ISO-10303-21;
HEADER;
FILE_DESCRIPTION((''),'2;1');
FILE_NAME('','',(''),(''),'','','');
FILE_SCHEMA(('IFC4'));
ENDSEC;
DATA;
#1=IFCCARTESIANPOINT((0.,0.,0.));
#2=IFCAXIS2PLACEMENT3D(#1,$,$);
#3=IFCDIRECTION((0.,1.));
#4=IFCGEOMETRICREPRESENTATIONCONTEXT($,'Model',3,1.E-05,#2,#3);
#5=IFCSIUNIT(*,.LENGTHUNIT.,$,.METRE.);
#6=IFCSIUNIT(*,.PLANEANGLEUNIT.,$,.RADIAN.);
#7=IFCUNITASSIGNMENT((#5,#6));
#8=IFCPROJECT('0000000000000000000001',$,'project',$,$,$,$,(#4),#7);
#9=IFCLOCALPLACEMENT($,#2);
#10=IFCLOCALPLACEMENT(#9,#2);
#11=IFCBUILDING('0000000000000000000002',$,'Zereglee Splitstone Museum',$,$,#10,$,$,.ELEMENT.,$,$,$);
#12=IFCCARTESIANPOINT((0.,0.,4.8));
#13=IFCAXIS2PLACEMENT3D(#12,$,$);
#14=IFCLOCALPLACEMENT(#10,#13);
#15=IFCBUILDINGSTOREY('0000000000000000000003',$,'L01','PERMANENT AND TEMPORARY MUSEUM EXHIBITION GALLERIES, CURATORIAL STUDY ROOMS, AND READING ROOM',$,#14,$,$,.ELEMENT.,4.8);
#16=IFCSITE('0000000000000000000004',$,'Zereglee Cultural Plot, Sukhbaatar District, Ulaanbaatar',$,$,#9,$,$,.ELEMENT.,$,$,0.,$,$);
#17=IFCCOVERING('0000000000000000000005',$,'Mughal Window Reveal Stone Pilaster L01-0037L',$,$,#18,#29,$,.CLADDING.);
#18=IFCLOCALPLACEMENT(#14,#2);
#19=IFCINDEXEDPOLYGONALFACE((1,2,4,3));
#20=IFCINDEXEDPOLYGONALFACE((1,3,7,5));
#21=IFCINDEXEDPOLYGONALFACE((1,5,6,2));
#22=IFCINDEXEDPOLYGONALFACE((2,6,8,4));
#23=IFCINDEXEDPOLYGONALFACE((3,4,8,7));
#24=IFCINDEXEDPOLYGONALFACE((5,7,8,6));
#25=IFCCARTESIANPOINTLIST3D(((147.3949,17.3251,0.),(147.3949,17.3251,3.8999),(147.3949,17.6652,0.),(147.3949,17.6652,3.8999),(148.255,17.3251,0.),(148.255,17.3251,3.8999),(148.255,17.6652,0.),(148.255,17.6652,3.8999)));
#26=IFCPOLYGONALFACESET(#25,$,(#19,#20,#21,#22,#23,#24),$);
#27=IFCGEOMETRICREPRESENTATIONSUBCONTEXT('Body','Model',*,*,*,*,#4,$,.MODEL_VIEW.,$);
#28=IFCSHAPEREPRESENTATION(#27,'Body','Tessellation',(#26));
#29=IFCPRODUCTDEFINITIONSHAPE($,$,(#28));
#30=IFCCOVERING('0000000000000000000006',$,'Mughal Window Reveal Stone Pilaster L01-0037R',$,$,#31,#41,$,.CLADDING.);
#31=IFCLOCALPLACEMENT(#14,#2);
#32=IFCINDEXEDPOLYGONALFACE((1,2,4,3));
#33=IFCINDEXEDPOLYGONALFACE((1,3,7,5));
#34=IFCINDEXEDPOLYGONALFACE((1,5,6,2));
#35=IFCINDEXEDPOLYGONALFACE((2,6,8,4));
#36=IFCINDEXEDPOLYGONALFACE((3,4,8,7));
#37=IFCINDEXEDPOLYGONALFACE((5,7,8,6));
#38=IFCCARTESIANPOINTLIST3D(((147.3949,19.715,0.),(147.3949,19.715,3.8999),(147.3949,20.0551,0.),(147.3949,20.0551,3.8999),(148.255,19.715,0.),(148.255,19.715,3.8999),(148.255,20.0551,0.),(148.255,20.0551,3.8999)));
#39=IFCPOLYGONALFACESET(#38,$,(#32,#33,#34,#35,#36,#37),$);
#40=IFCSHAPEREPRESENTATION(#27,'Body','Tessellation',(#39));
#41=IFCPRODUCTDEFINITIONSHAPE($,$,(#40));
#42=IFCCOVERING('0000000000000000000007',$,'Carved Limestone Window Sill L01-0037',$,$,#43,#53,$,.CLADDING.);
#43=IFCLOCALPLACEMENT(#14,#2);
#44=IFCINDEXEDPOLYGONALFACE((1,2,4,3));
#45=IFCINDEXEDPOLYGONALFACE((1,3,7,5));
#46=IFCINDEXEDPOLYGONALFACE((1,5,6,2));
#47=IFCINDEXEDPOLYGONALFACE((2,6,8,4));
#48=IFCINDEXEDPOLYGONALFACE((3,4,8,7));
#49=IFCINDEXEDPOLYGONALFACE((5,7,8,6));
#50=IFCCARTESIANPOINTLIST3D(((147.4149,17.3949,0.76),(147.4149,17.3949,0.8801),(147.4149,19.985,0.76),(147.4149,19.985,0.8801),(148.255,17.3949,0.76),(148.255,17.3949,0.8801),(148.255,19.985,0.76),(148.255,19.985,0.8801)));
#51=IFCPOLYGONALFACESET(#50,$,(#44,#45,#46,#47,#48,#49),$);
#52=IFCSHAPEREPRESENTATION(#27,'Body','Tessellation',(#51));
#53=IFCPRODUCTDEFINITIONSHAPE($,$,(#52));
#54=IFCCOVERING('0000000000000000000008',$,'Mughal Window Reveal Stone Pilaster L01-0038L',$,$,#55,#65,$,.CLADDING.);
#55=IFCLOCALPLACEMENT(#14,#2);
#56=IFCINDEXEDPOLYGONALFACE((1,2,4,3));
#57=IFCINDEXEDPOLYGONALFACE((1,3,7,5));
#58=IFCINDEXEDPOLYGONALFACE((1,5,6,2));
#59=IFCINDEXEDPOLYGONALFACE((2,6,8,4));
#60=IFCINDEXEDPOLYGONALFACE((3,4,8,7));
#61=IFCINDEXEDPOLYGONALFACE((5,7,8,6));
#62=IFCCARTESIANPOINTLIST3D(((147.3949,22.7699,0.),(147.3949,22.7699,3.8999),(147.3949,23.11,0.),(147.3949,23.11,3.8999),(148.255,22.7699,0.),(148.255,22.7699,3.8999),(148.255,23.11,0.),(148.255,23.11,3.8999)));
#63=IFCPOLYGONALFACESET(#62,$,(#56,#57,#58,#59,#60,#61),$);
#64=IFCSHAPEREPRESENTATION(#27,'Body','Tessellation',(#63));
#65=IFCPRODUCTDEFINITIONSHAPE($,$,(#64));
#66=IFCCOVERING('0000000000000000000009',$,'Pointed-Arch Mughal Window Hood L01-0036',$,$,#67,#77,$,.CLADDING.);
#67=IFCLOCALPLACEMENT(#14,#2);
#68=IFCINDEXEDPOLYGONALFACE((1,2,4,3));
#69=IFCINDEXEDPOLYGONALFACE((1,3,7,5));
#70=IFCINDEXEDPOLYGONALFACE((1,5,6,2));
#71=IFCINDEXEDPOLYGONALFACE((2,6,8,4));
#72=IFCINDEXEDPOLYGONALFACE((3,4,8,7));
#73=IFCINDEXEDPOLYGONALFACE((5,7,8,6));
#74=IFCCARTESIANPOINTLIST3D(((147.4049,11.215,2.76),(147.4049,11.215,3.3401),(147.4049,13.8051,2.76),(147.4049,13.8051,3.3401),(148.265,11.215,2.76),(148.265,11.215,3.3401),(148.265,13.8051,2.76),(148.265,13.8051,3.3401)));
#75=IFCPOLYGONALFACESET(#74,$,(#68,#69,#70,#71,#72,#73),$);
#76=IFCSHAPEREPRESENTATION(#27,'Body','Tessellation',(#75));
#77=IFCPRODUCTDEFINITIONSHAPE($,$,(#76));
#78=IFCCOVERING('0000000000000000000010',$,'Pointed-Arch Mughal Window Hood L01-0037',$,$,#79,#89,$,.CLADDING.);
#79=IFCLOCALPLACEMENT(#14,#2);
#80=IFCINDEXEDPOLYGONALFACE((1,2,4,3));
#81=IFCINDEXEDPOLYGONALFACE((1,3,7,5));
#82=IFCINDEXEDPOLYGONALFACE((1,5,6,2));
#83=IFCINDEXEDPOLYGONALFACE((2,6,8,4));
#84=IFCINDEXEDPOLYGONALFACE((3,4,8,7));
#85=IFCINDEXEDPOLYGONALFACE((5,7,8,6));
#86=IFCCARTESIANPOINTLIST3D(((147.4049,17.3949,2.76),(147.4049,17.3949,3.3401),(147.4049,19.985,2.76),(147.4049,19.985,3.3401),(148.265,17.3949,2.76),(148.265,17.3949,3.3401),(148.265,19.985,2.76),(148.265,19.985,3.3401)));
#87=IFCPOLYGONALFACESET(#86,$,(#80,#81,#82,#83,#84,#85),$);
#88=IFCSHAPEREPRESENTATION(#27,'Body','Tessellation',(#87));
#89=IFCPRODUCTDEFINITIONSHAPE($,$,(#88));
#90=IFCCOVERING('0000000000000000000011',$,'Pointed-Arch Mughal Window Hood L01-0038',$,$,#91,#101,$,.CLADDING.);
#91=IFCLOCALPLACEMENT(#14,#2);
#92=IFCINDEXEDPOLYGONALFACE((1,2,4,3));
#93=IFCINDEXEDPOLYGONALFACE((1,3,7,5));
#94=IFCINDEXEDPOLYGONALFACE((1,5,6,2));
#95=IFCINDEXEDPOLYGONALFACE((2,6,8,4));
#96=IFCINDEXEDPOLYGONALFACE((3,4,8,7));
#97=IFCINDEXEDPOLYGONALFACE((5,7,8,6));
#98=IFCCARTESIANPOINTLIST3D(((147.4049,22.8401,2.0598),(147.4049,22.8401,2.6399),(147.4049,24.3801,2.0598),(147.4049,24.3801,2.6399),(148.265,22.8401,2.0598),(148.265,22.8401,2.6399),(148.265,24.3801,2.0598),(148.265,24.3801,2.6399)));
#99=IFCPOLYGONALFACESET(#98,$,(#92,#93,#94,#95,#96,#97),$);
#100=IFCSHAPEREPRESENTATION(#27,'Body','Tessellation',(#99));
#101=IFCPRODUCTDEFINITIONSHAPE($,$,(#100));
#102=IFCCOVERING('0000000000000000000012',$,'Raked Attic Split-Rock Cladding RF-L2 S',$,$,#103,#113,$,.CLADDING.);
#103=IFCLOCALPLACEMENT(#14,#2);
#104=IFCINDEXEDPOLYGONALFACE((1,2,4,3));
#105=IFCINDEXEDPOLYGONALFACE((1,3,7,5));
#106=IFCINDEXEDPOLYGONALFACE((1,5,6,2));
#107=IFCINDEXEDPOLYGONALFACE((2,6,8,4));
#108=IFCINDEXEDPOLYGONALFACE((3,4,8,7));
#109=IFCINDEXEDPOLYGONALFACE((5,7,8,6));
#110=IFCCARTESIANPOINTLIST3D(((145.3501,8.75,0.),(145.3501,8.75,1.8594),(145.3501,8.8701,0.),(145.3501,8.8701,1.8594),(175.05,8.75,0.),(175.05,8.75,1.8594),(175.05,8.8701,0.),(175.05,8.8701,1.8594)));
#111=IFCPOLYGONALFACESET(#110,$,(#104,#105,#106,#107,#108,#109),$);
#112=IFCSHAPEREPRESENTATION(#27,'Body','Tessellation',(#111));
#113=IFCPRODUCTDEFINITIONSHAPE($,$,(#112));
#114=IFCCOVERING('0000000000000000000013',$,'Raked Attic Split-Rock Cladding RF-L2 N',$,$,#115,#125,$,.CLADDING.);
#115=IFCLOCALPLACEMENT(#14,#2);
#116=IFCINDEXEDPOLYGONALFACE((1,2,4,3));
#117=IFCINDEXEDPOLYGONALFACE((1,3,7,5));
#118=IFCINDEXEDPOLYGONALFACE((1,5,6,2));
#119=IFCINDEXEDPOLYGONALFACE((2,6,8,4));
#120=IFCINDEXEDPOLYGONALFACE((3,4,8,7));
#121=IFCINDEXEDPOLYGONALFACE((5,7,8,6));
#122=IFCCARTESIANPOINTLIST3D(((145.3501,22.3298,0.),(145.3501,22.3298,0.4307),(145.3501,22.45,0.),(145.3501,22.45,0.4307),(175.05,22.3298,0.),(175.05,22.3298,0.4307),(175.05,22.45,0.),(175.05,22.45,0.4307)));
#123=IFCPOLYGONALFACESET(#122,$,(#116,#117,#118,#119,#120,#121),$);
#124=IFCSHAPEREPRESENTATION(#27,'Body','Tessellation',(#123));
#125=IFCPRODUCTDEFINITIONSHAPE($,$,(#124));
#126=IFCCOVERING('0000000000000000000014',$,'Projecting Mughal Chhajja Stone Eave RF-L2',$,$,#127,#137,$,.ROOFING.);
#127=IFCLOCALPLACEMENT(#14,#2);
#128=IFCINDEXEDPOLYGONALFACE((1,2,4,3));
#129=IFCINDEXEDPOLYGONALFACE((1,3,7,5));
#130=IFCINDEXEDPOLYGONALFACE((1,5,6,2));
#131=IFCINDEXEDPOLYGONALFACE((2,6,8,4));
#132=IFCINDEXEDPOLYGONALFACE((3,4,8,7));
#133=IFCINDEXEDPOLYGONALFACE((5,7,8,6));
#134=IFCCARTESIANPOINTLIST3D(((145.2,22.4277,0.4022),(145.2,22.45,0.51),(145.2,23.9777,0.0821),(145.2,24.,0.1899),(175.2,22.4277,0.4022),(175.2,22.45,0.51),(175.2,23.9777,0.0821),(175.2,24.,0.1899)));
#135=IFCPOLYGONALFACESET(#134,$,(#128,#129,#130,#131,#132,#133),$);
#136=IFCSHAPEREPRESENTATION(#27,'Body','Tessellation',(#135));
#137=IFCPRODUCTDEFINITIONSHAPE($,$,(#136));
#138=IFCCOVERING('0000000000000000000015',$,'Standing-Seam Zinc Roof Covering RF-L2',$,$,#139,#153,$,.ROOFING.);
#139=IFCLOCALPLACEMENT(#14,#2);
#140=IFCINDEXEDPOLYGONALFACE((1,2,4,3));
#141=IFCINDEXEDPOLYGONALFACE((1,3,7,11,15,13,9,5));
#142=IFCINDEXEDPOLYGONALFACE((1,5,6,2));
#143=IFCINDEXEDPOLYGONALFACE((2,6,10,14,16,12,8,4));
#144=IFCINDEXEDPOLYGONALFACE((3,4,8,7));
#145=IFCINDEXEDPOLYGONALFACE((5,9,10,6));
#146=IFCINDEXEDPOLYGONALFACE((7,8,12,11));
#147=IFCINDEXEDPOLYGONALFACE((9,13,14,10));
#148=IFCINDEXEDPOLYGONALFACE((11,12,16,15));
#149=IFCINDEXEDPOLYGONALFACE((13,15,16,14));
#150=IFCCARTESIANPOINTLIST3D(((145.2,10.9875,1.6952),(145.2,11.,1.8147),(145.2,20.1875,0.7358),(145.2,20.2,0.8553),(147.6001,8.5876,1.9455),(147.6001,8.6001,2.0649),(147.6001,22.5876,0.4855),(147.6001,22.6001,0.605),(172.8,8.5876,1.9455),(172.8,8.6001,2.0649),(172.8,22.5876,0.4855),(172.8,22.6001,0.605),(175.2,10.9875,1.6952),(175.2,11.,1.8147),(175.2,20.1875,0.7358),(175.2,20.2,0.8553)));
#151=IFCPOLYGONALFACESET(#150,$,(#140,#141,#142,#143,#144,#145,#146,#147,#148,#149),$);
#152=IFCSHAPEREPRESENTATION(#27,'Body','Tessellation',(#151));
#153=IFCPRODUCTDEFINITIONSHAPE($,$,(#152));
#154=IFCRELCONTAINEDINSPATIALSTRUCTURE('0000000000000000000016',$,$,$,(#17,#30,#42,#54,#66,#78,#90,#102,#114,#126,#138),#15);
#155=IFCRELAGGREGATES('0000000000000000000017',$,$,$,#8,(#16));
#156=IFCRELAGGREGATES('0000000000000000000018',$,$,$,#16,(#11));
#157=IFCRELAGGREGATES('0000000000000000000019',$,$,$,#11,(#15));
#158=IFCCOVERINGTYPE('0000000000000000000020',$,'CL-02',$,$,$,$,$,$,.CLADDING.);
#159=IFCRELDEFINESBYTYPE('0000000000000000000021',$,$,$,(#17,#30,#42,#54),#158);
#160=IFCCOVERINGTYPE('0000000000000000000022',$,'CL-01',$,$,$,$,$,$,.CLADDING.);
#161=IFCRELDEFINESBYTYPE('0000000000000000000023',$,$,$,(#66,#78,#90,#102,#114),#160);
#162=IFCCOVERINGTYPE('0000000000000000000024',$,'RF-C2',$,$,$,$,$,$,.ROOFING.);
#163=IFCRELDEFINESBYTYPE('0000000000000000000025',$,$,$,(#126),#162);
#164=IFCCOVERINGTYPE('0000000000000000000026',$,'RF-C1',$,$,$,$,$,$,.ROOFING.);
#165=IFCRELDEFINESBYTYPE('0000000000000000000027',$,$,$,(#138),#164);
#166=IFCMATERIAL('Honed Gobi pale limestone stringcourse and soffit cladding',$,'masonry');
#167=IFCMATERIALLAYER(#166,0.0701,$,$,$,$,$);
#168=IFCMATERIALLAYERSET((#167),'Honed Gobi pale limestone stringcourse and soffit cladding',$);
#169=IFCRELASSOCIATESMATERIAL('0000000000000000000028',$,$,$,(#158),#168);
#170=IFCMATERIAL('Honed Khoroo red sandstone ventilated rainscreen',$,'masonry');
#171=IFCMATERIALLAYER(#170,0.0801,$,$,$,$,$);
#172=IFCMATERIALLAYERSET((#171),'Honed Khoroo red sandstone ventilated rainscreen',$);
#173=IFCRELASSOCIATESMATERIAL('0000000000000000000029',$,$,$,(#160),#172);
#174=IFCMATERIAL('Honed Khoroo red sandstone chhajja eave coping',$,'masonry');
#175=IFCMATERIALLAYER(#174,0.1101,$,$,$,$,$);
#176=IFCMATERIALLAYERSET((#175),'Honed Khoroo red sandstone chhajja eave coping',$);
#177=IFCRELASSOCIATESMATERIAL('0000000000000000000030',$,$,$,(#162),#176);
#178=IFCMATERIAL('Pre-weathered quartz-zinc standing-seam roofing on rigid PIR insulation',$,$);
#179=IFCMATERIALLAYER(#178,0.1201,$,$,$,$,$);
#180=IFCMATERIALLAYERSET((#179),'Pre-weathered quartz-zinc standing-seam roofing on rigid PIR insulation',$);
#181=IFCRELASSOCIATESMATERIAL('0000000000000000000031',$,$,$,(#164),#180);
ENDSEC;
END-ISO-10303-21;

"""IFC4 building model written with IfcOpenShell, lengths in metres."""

from ifc_helpers import new_model, si_unit, direction, frame, origin, origin_2d, place, context, subcontext, project, spatial, polyline, rectangle, outline, extrude, material, layer, layer_set, type_object, element, save


model = new_model("IFC4")

# Units and contexts
model_context = context("Model", 3, precision=1e-05, world=origin(), true_north=direction((0.0, 1.0)))
body_context = subcontext(model_context, "Body", "Model", "MODEL_VIEW")
ifc_project = project(units=[si_unit("LENGTHUNIT", "METRE"), si_unit("PLANEANGLEUNIT", "RADIAN")], contexts=[model_context])

# Site, building, storey
site_placement = place(None, origin())
site = spatial("IfcSite", under=ifc_project, at=site_placement, Name="Zereglee Cultural Plot, Sukhbaatar District, Ulaanbaatar", CompositionType="ELEMENT", RefElevation=0.0)
building_placement = place(site_placement, origin())
building = spatial("IfcBuilding", under=site, at=building_placement, Name="Zereglee Splitstone Museum", CompositionType="ELEMENT")
storey_placement = place(building_placement, frame((0.0, 0.0, 4.8)))
storey = spatial("IfcBuildingStorey", under=building, at=storey_placement, Name="L01", Description="PERMANENT AND TEMPORARY MUSEUM EXHIBITION GALLERIES, CURATORIAL STUDY ROOMS, AND READING ROOM", CompositionType="ELEMENT", Elevation=4.8)

# Coverings
ifc_material_1 = material(Name="Honed Gobi pale limestone stringcourse and soffit cladding", Category="masonry")
ifc_layer_1 = layer(ifc_material_1, 0.0701)
ifc_layer_set_1 = layer_set([ifc_layer_1], Name="Honed Gobi pale limestone stringcourse and soffit cladding")
covering_type_1 = type_object("IfcCoveringType", Name="CL-02", PredefinedType="CLADDING", material=ifc_layer_set_1)
for number, where, z_axis, x_axis, name in (
    (1, (147.825, 17.4951, 0.0), (0.0, 0.0, 1.0), (0.0, 1.0, 0.0), "Mughal Window Reveal Stone Pilaster L01-0037L"),
    (2, (147.825, 19.885, 0.0), (0.0, 0.0, 1.0), (0.0, 1.0, 0.0), "Mughal Window Reveal Stone Pilaster L01-0037R"),
):
    element("IfcCovering", number, at=place(storey_placement, frame(where, z_axis=z_axis, x_axis=x_axis)), inside=storey, type_object=covering_type_1, Name=name, PredefinedType="CLADDING", context=body_context, shape_type="SweptSolid", body=[
        extrude(rectangle(XDim=0.3401, YDim=0.8601, at=origin_2d()), origin(), (0.0, 0.0, 1.0), 3.8999),
    ])
covering_1_placement = place(storey_placement, frame((147.835, 18.6899, 0.76), z_axis=(0.0, 0.0, 1.0), x_axis=(0.0, 1.0, 0.0)))
element("IfcCovering", 3, at=covering_1_placement, inside=storey, type_object=covering_type_1, Name="Carved Limestone Window Sill L01-0037", PredefinedType="CLADDING", context=body_context, shape_type="SweptSolid", body=[
    extrude(rectangle(XDim=2.5901, YDim=0.8401, at=origin_2d()), origin(), (0.0, 0.0, 1.0), 0.1201),
])
covering_2_placement = place(storey_placement, frame((147.825, 22.9399, 0.0), z_axis=(0.0, 0.0, 1.0), x_axis=(0.0, 1.0, 0.0)))
element("IfcCovering", 4, at=covering_2_placement, inside=storey, type_object=covering_type_1, Name="Mughal Window Reveal Stone Pilaster L01-0038L", PredefinedType="CLADDING", context=body_context, shape_type="SweptSolid", body=[
    extrude(rectangle(XDim=0.3401, YDim=0.8601, at=origin_2d()), origin(), (0.0, 0.0, 1.0), 3.8999),
])
ifc_material_2 = material(Name="Honed Khoroo red sandstone ventilated rainscreen", Category="masonry")
ifc_layer_2 = layer(ifc_material_2, 0.0801)
ifc_layer_set_2 = layer_set([ifc_layer_2], Name="Honed Khoroo red sandstone ventilated rainscreen")
covering_type_2 = type_object("IfcCoveringType", Name="CL-01", PredefinedType="CLADDING", material=ifc_layer_set_2)
for number, where, z_axis, x_axis, name in (
    (5, (147.835, 12.51, 2.76), (0.0, 0.0, 1.0), (0.0, 1.0, 0.0), "Pointed-Arch Mughal Window Hood L01-0036"),
    (6, (147.835, 18.6899, 2.76), (0.0, 0.0, 1.0), (0.0, 1.0, 0.0), "Pointed-Arch Mughal Window Hood L01-0037"),
):
    element("IfcCovering", number, at=place(storey_placement, frame(where, z_axis=z_axis, x_axis=x_axis)), inside=storey, type_object=covering_type_2, Name=name, PredefinedType="CLADDING", context=body_context, shape_type="SweptSolid", body=[
        extrude(rectangle(XDim=2.5901, YDim=0.8601, at=origin_2d()), origin(), (0.0, 0.0, 1.0), 0.5801),
    ])
covering_3_placement = place(storey_placement, frame((147.835, 23.6101, 2.0598), z_axis=(0.0, 0.0, 1.0), x_axis=(0.0, 1.0, 0.0)))
element("IfcCovering", 7, at=covering_3_placement, inside=storey, type_object=covering_type_2, Name="Pointed-Arch Mughal Window Hood L01-0038", PredefinedType="CLADDING", context=body_context, shape_type="SweptSolid", body=[
    extrude(rectangle(XDim=1.54, YDim=0.8601, at=origin_2d()), origin(), (0.0, 0.0, 1.0), 0.5801),
])
covering_4_placement = place(storey_placement, frame((145.3501, 8.75, 0.0), z_axis=(0.0, -1.0, 0.0), x_axis=(1.0, 0.0, 0.0)))
element("IfcCovering", 8, at=covering_4_placement, inside=storey, type_object=covering_type_2, Name="Raked Attic Split-Rock Cladding RF-L2 S", PredefinedType="CLADDING", context=body_context, shape_type="SweptSolid", body=[
    extrude(outline(polyline([(0.0, 0.0), (29.7, 0.0), (29.7, 1.8594), (0.0, 1.8594), (0.0, 0.0)])), origin(), (0.0, 0.0, -1.0), 0.1201),
])
covering_5_placement = place(storey_placement, frame((145.3501, 22.45, 0.4307), z_axis=(0.0, 1.0, 0.0), x_axis=(1.0, 0.0, 0.0)))
element("IfcCovering", 9, at=covering_5_placement, inside=storey, type_object=covering_type_2, Name="Raked Attic Split-Rock Cladding RF-L2 N", PredefinedType="CLADDING", context=body_context, shape_type="SweptSolid", body=[
    extrude(outline(polyline([(0.0, 0.0), (29.7, 0.0), (29.7, 0.4307), (0.0, 0.4307), (0.0, 0.0)])), origin(), (0.0, 0.0, -1.0), 0.1201),
])
ifc_material_3 = material(Name="Honed Khoroo red sandstone chhajja eave coping", Category="masonry")
ifc_layer_3 = layer(ifc_material_3, 0.1101)
ifc_layer_set_3 = layer_set([ifc_layer_3], Name="Honed Khoroo red sandstone chhajja eave coping")
covering_type_3 = type_object("IfcCoveringType", Name="RF-C2", PredefinedType="ROOFING", material=ifc_layer_set_3)
covering_6_placement = place(storey_placement, frame((145.2, 22.45, 0.51), z_axis=(0.0, 0.202223, 0.979339), x_axis=(1.0, 0.0, 0.0)))
element("IfcCovering", 10, at=covering_6_placement, inside=storey, type_object=covering_type_3, Name="Projecting Mughal Chhajja Stone Eave RF-L2", PredefinedType="ROOFING", context=body_context, shape_type="SweptSolid", body=[
    extrude(outline(polyline([(0.0, 0.0), (30.0, 0.0), (30.0, 1.5827), (0.0, 1.5827), (0.0, 0.0)])), origin(), (0.0, 0.0, -1.0), 0.1101),
])
ifc_material_4 = material(Name="Pre-weathered quartz-zinc standing-seam roofing on rigid PIR insulation")
ifc_layer_4 = layer(ifc_material_4, 0.1201)
ifc_layer_set_4 = layer_set([ifc_layer_4], Name="Pre-weathered quartz-zinc standing-seam roofing on rigid PIR insulation")
covering_type_4 = type_object("IfcCoveringType", Name="RF-C1", PredefinedType="ROOFING", material=ifc_layer_set_4)
covering_7_placement = place(storey_placement, frame((147.6001, 8.6001, 2.0649), z_axis=(0.0, 0.103721, 0.994606), x_axis=(1.0, 0.0, 0.0)))
element("IfcCovering", 11, at=covering_7_placement, inside=storey, type_object=covering_type_4, Name="Standing-Seam Zinc Roof Covering RF-L2", PredefinedType="ROOFING", context=body_context, shape_type="SweptSolid", body=[
    extrude(outline(polyline([(0.0, 0.0), (25.2, 0.0), (27.5999, 2.4129), (27.5999, 11.6628), (25.2, 14.0759), (0.0, 14.0759), (-2.4001, 11.6628), (-2.4001, 2.4129), (0.0, 0.0)])), origin(), (0.0, 0.0, -1.0), 0.1201),
])

save(model, "model.ifc")
